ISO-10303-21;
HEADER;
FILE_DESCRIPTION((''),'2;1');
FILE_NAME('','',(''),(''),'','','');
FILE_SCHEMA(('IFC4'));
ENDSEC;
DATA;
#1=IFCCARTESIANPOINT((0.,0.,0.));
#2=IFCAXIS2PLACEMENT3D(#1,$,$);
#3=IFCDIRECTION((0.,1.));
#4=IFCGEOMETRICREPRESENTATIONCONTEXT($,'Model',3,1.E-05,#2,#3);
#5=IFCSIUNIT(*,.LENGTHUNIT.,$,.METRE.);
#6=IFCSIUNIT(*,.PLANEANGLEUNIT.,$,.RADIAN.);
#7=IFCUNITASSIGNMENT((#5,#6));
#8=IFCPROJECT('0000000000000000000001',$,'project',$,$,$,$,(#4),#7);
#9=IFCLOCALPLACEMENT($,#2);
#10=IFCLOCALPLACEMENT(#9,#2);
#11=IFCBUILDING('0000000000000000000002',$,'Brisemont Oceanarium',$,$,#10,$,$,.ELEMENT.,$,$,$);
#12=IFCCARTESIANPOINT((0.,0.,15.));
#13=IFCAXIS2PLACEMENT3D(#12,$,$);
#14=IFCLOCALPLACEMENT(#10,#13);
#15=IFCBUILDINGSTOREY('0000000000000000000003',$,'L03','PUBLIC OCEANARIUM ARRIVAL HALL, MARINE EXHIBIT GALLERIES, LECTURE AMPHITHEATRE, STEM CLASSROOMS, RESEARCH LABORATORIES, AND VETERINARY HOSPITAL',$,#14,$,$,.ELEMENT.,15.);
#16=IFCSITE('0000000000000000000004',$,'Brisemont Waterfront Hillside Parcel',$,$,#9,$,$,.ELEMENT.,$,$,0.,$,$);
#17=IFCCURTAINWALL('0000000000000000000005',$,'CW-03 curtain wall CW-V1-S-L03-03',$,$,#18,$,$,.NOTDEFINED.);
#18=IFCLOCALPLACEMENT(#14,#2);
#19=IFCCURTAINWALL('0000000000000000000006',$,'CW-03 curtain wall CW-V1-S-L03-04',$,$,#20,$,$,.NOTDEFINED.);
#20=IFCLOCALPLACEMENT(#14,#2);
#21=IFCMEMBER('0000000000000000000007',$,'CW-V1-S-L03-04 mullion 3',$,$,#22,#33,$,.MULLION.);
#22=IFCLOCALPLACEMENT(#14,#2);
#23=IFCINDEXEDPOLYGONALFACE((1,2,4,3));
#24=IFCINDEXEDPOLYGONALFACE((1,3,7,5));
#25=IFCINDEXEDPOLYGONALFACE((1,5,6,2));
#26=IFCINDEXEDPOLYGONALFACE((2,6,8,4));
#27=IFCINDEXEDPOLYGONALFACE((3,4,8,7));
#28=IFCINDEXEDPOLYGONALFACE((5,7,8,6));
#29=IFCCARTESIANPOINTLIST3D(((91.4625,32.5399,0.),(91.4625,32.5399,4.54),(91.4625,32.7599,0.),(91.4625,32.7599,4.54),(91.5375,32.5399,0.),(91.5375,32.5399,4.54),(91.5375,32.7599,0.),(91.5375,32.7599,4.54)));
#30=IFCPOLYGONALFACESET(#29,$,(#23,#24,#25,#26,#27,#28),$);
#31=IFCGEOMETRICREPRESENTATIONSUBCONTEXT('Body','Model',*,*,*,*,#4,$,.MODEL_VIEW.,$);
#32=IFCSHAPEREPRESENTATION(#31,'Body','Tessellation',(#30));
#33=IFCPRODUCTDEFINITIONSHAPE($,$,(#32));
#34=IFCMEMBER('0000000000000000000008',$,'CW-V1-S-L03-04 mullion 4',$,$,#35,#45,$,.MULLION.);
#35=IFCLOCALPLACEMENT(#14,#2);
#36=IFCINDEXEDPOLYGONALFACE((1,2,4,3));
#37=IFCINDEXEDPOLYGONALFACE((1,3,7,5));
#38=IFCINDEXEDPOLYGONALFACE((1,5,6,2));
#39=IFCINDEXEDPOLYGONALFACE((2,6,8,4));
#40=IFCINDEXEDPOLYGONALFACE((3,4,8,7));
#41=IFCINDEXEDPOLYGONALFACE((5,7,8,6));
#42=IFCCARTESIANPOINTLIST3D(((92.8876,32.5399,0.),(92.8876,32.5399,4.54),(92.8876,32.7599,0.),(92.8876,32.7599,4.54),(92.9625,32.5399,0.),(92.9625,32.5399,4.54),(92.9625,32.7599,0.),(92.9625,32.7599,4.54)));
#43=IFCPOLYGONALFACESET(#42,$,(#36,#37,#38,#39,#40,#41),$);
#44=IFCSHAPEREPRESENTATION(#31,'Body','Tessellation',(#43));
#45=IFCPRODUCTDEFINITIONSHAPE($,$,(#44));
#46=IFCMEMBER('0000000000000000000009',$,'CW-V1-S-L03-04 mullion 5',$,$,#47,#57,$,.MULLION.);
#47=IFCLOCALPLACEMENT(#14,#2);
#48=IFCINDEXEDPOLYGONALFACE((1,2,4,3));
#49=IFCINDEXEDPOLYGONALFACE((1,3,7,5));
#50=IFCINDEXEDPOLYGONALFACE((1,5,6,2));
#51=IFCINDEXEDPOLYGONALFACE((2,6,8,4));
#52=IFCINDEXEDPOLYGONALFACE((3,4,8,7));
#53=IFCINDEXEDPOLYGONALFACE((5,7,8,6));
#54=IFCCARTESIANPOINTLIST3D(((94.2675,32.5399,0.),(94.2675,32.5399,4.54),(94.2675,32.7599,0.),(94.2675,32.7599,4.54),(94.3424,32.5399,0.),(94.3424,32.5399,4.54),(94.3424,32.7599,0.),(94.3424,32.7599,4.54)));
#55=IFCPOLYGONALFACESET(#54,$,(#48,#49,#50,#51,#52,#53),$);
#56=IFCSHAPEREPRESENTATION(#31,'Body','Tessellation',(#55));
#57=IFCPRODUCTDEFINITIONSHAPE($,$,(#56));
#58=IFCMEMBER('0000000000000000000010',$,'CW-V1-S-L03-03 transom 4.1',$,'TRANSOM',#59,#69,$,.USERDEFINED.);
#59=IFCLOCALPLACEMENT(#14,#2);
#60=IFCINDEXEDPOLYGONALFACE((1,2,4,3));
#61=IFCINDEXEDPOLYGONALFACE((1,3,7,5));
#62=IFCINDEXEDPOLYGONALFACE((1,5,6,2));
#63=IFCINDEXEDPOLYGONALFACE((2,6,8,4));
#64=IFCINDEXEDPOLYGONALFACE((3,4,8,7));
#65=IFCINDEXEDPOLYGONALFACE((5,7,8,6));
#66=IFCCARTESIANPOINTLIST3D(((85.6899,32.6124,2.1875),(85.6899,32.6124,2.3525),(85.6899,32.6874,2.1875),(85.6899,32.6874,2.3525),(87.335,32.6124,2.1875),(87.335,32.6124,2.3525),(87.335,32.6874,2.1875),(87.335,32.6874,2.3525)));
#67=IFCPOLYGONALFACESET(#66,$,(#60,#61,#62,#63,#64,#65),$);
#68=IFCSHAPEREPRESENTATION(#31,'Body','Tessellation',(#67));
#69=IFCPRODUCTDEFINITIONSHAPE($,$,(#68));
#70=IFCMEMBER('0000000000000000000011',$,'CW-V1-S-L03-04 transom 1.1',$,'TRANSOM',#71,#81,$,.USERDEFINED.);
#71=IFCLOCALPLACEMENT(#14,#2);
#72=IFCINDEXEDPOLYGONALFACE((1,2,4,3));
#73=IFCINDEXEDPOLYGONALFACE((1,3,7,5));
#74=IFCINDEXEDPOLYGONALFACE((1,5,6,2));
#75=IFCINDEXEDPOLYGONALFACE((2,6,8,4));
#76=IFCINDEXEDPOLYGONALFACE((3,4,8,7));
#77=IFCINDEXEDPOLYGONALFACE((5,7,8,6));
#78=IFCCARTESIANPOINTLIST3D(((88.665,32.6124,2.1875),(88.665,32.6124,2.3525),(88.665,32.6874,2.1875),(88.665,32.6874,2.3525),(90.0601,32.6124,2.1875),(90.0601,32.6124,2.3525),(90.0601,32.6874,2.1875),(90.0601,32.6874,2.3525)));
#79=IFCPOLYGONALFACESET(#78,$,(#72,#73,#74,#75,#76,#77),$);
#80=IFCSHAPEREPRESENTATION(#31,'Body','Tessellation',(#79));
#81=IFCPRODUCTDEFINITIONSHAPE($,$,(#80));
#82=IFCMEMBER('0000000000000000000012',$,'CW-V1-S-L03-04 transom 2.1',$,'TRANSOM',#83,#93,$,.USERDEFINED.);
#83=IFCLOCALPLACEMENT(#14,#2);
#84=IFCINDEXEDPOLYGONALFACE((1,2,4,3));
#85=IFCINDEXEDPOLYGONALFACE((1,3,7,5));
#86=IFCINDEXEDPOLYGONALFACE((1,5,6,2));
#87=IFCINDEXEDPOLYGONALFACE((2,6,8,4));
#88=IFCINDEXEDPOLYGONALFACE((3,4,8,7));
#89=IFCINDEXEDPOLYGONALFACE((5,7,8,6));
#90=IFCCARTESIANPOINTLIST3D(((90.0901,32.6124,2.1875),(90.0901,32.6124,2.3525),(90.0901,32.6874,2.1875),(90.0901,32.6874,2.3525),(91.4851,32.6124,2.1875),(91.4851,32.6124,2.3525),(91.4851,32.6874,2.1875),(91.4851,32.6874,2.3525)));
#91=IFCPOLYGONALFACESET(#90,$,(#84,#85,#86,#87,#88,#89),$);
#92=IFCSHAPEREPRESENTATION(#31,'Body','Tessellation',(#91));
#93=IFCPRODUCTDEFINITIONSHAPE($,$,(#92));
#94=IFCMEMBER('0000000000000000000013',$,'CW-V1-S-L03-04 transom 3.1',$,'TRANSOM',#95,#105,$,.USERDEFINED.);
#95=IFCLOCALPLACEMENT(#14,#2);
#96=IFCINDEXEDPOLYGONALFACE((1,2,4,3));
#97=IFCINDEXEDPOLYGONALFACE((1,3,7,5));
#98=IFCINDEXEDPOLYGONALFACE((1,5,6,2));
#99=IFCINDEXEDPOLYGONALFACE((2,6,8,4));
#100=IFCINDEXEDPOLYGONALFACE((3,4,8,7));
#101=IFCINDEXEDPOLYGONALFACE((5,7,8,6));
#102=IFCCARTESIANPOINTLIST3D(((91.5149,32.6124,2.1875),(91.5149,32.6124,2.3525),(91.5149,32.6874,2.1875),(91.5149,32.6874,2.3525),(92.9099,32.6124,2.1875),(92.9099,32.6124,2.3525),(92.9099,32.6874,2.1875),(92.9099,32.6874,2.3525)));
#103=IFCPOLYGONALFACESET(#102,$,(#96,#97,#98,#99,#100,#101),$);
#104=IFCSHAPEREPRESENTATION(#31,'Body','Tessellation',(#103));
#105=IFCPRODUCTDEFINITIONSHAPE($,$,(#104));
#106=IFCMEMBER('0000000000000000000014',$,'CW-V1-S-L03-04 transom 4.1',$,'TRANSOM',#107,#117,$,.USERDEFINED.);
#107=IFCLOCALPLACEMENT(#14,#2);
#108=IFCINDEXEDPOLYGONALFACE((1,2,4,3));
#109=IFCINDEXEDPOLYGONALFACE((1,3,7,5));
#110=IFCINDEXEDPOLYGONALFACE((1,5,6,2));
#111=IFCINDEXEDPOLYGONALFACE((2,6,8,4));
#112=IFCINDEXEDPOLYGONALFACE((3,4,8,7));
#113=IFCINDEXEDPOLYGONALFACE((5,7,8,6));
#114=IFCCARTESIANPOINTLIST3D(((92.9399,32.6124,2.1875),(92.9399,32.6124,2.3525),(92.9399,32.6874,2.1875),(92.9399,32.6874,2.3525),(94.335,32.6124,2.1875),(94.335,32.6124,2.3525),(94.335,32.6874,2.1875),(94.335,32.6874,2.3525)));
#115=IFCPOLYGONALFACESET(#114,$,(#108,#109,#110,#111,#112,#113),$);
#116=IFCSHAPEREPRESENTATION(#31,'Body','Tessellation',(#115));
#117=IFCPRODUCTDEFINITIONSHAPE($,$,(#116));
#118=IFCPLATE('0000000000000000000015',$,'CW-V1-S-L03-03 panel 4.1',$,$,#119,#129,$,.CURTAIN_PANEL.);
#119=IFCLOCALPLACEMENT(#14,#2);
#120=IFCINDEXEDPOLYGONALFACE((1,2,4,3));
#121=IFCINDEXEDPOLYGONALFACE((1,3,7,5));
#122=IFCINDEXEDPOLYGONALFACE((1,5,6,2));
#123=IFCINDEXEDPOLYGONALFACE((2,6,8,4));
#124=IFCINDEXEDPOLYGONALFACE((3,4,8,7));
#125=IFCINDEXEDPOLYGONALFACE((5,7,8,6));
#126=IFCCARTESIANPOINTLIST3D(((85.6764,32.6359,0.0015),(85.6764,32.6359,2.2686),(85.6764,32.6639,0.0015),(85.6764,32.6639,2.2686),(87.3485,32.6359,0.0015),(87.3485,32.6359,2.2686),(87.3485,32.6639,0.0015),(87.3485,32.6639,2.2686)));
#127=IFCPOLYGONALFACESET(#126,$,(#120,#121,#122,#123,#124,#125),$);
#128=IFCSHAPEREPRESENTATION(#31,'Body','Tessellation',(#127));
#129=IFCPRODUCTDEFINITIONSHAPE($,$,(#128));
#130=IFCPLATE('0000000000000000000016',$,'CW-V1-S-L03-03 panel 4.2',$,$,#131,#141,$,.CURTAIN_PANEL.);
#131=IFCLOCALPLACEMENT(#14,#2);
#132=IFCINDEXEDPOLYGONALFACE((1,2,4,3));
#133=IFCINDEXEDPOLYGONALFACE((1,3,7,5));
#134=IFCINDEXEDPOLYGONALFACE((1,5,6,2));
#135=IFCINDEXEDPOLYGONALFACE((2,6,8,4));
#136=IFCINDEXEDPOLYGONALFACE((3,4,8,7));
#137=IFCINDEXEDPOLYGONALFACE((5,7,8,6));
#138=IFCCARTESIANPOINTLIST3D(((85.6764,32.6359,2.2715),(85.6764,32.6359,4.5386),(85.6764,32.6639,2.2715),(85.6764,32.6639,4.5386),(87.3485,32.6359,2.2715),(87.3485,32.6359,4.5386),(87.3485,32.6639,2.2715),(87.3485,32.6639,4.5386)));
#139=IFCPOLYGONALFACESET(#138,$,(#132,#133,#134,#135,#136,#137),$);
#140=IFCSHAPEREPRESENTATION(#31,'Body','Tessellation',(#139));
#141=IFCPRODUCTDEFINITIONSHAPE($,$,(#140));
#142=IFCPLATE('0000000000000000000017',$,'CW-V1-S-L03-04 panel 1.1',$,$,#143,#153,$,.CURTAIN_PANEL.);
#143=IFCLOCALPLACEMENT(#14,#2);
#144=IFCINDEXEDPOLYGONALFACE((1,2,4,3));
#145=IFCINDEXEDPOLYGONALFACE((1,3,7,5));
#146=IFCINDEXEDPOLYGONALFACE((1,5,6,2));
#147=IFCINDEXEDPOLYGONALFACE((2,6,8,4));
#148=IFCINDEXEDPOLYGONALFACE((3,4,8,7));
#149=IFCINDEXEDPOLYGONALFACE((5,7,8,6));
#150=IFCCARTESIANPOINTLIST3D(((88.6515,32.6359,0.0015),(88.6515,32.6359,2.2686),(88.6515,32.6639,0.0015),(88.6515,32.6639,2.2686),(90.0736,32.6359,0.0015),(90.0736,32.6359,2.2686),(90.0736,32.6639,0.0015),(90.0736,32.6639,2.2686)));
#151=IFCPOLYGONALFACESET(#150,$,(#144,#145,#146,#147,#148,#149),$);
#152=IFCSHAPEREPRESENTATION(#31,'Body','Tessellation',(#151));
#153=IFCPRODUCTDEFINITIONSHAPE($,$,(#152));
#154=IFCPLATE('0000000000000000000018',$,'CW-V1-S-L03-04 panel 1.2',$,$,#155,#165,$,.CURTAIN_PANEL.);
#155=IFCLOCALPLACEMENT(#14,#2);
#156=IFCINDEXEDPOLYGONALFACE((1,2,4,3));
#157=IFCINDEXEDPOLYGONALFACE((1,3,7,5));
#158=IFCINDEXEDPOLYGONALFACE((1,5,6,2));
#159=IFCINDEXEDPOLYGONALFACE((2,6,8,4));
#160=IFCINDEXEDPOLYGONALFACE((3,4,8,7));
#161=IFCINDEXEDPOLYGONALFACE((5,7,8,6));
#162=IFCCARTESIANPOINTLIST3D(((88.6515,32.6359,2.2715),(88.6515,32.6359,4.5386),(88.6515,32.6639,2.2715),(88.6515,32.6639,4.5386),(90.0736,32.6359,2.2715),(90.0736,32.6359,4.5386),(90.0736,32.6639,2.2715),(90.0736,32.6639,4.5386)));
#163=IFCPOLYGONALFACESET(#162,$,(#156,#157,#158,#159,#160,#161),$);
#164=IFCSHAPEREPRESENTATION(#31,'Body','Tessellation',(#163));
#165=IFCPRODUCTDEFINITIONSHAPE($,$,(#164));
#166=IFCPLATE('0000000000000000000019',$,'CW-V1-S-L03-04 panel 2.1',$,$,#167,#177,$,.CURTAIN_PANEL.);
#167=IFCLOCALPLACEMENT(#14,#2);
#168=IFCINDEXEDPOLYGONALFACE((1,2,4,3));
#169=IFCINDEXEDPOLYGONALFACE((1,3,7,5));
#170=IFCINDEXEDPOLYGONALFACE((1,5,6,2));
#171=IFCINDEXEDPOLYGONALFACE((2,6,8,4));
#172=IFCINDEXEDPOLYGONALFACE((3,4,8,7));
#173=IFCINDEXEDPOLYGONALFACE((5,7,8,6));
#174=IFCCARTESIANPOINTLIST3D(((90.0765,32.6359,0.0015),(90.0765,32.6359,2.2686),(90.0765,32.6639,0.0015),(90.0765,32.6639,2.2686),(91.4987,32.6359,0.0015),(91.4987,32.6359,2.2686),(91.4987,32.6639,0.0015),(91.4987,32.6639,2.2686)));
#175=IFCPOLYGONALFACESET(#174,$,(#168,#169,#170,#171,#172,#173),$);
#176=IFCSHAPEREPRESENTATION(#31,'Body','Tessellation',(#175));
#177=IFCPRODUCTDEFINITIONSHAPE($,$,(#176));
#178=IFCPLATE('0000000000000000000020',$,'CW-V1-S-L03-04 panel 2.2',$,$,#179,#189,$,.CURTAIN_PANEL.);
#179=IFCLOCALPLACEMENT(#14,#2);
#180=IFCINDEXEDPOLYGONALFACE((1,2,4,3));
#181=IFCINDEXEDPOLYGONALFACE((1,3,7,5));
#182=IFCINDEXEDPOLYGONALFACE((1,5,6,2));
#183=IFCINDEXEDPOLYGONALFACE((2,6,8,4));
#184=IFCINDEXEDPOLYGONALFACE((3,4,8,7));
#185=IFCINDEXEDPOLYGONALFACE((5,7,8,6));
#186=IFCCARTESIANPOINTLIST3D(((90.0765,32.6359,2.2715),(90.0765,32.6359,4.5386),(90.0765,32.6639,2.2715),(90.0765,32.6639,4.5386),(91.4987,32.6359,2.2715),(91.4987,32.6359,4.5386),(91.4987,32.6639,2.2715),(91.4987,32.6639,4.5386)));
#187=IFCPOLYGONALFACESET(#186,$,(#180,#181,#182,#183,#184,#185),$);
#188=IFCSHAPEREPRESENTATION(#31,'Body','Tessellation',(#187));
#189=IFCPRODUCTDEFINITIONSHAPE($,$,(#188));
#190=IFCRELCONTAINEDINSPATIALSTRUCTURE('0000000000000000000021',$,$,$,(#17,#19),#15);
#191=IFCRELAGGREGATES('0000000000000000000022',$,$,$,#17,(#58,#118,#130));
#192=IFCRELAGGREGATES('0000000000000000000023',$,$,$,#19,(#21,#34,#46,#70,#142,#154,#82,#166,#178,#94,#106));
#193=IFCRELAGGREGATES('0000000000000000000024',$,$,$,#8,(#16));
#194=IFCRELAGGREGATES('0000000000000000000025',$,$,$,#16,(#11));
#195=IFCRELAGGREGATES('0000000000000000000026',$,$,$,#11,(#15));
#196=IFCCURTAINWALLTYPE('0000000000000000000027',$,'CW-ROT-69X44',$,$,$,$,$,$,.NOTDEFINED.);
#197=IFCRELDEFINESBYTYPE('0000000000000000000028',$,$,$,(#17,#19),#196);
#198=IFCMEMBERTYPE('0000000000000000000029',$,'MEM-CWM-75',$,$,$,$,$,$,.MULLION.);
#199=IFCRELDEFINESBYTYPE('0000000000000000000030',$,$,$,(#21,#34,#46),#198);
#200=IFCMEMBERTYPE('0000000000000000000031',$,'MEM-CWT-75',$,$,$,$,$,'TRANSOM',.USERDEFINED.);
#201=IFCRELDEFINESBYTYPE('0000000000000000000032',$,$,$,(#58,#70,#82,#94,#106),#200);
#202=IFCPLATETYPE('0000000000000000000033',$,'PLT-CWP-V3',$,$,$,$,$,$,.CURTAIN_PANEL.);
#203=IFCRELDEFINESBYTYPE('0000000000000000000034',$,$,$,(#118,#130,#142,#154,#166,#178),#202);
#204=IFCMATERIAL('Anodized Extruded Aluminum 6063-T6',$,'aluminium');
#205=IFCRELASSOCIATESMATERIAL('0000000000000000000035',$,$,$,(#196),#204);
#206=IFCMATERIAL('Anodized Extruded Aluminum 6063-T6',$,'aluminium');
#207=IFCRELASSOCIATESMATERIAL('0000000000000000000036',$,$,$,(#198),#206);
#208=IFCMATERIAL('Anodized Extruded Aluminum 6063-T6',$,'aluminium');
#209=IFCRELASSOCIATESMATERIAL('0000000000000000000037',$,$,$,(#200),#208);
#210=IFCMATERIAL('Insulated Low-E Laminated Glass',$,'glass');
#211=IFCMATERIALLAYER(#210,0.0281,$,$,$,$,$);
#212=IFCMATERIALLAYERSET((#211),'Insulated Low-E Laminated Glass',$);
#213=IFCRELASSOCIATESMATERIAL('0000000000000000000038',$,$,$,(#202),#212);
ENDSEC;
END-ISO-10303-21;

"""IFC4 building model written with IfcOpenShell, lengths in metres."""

from ifc_helpers import new_model, si_unit, direction, frame, origin, origin_2d, place, context, subcontext, project, spatial, rectangle, extrude, material, layer, layer_set, material_profile, profile_set, type_object, element, aggregate, save


model = new_model("IFC4")

# Units and contexts
model_context = context("Model", 3, precision=1e-05, world=origin(), true_north=direction((0.0, 1.0)))
body_context = subcontext(model_context, "Body", "Model", "MODEL_VIEW")
ifc_project = project(units=[si_unit("LENGTHUNIT", "METRE"), si_unit("PLANEANGLEUNIT", "RADIAN")], contexts=[model_context])

# Site, building, storey
site_placement = place(None, origin())
site = spatial("IfcSite", under=ifc_project, at=site_placement, Name="Brisemont Waterfront Hillside Parcel", CompositionType="ELEMENT", RefElevation=0.0)
building_placement = place(site_placement, origin())
building = spatial("IfcBuilding", under=site, at=building_placement, Name="Brisemont Oceanarium", CompositionType="ELEMENT")
storey_placement = place(building_placement, frame((0.0, 0.0, 15.0)))
storey = spatial("IfcBuildingStorey", under=building, at=storey_placement, Name="L03", Description="PUBLIC OCEANARIUM ARRIVAL HALL, MARINE EXHIBIT GALLERIES, LECTURE AMPHITHEATRE, STEM CLASSROOMS, RESEARCH LABORATORIES, AND VETERINARY HOSPITAL", CompositionType="ELEMENT", Elevation=15.0)

# Curtain wall
ifc_material_1 = material(Name="Anodized Extruded Aluminum 6063-T6", Category="aluminium")
curtain_wall_type = type_object("IfcCurtainWallType", Name="CW-ROT-69X44", PredefinedType="NOTDEFINED", material=ifc_material_1)
curtain_wall_1_placement = place(storey_placement, origin())
curtain_wall_1 = element("IfcCurtainWall", 1, at=curtain_wall_1_placement, inside=storey, type_object=curtain_wall_type, Name="CW-03 curtain wall CW-V1-S-L03-03", PredefinedType="NOTDEFINED")
ifc_material_2 = material(Name="Anodized Extruded Aluminum 6063-T6", Category="aluminium")
ifc_material_profile_1 = material_profile(ifc_material_2, rectangle(XDim=0.075, YDim=0.22, at=origin_2d()), Name="CWM-75X220")
ifc_profile_set_1 = profile_set([ifc_material_profile_1], Name="Anodized Extruded Aluminum 6063-T6")
member_type_1 = type_object("IfcMemberType", Name="MEM-CWM-75", PredefinedType="MULLION", material=ifc_profile_set_1)

# Curtain wall, members
curtain_wall_2_placement = place(storey_placement, origin())
curtain_wall_2 = element("IfcCurtainWall", 2, at=curtain_wall_2_placement, inside=storey, type_object=curtain_wall_type, Name="CW-03 curtain wall CW-V1-S-L03-04", PredefinedType="NOTDEFINED")
member_1_placement = place(storey_placement, frame((91.5, 32.6499, 0.0), z_axis=(0.0, 0.0, 1.0), x_axis=(1.0, 0.0, 0.0)))
member_1 = element("IfcMember", 3, at=member_1_placement, type_object=member_type_1, Name="CW-V1-S-L03-04 mullion 3", PredefinedType="MULLION", context=body_context, shape_type="SweptSolid", body=[
    extrude(rectangle(XDim=0.075, YDim=0.22, at=origin_2d()), origin(), (0.0, 0.0, 1.0), 4.54),
])
member_2_placement = place(storey_placement, frame((92.925, 32.6499, 0.0), z_axis=(0.0, 0.0, 1.0), x_axis=(1.0, 0.0, 0.0)))
member_2 = element("IfcMember", 4, at=member_2_placement, type_object=member_type_1, Name="CW-V1-S-L03-04 mullion 4", PredefinedType="MULLION", context=body_context, shape_type="SweptSolid", body=[
    extrude(rectangle(XDim=0.075, YDim=0.22, at=origin_2d()), origin(), (0.0, 0.0, 1.0), 4.54),
])
member_3_placement = place(storey_placement, frame((94.3049, 32.6499, 0.0), z_axis=(0.0, 0.0, 1.0), x_axis=(1.0, 0.0, 0.0)))
member_3 = element("IfcMember", 5, at=member_3_placement, type_object=member_type_1, Name="CW-V1-S-L03-04 mullion 5", PredefinedType="MULLION", context=body_context, shape_type="SweptSolid", body=[
    extrude(rectangle(XDim=0.075, YDim=0.22, at=origin_2d()), origin(), (0.0, 0.0, 1.0), 4.54),
])

# Members
ifc_material_3 = material(Name="Anodized Extruded Aluminum 6063-T6", Category="aluminium")
ifc_material_profile_2 = material_profile(ifc_material_3, rectangle(XDim=0.075, YDim=0.165, at=origin_2d()), Name="CWT-75X165")
ifc_profile_set_2 = profile_set([ifc_material_profile_2], Name="Anodized Extruded Aluminum 6063-T6")
member_type_2 = type_object("IfcMemberType", Name="MEM-CWT-75", ElementType="TRANSOM", PredefinedType="USERDEFINED", material=ifc_profile_set_2)
member_4_placement = place(storey_placement, frame((85.6899, 32.6499, 2.27), z_axis=(1.0, 0.0, 0.0), x_axis=(0.0, 1.0, 0.0)))
member_4 = element("IfcMember", 6, at=member_4_placement, type_object=member_type_2, Name="CW-V1-S-L03-03 transom 4.1", ObjectType="TRANSOM", PredefinedType="USERDEFINED", context=body_context, shape_type="SweptSolid", body=[
    extrude(rectangle(XDim=0.075, YDim=0.165, at=origin_2d()), origin(), (0.0, 0.0, 1.0), 1.645),
])
member_5_placement = place(storey_placement, frame((88.665, 32.6499, 2.27), z_axis=(1.0, 0.0, 0.0), x_axis=(0.0, 1.0, 0.0)))
member_5 = element("IfcMember", 7, at=member_5_placement, type_object=member_type_2, Name="CW-V1-S-L03-04 transom 1.1", ObjectType="TRANSOM", PredefinedType="USERDEFINED", context=body_context, shape_type="SweptSolid", body=[
    extrude(rectangle(XDim=0.075, YDim=0.165, at=origin_2d()), origin(), (0.0, 0.0, 1.0), 1.395),
])
member_6_placement = place(storey_placement, frame((90.0901, 32.6499, 2.27), z_axis=(1.0, 0.0, 0.0), x_axis=(0.0, 1.0, 0.0)))
member_6 = element("IfcMember", 8, at=member_6_placement, type_object=member_type_2, Name="CW-V1-S-L03-04 transom 2.1", ObjectType="TRANSOM", PredefinedType="USERDEFINED", context=body_context, shape_type="SweptSolid", body=[
    extrude(rectangle(XDim=0.075, YDim=0.165, at=origin_2d()), origin(), (0.0, 0.0, 1.0), 1.395),
])
member_7_placement = place(storey_placement, frame((91.5149, 32.6499, 2.27), z_axis=(1.0, 0.0, 0.0), x_axis=(0.0, 1.0, 0.0)))
member_7 = element("IfcMember", 9, at=member_7_placement, type_object=member_type_2, Name="CW-V1-S-L03-04 transom 3.1", ObjectType="TRANSOM", PredefinedType="USERDEFINED", context=body_context, shape_type="SweptSolid", body=[
    extrude(rectangle(XDim=0.075, YDim=0.165, at=origin_2d()), origin(), (0.0, 0.0, 1.0), 1.395),
])
member_8_placement = place(storey_placement, frame((92.9399, 32.6499, 2.27), z_axis=(1.0, 0.0, 0.0), x_axis=(0.0, 1.0, 0.0)))
member_8 = element("IfcMember", 10, at=member_8_placement, type_object=member_type_2, Name="CW-V1-S-L03-04 transom 4.1", ObjectType="TRANSOM", PredefinedType="USERDEFINED", context=body_context, shape_type="SweptSolid", body=[
    extrude(rectangle(XDim=0.075, YDim=0.165, at=origin_2d()), origin(), (0.0, 0.0, 1.0), 1.395),
])

# Plates
ifc_material_4 = material(Name="Insulated Low-E Laminated Glass", Category="glass")
ifc_layer = layer(ifc_material_4, 0.0281)
ifc_layer_set = layer_set([ifc_layer], Name="Insulated Low-E Laminated Glass")
plate_type = type_object("IfcPlateType", Name="PLT-CWP-V3", PredefinedType="CURTAIN_PANEL", material=ifc_layer_set)
plate_1_placement = place(storey_placement, frame((86.5125, 32.6499, 0.0015), z_axis=(0.0, 0.0, 1.0), x_axis=(1.0, 0.0, 0.0)))
plate_1 = element("IfcPlate", 11, at=plate_1_placement, type_object=plate_type, Name="CW-V1-S-L03-03 panel 4.1", PredefinedType="CURTAIN_PANEL", context=body_context, shape_type="SweptSolid", body=[
    extrude(rectangle(XDim=1.6721, YDim=0.0281, at=origin_2d()), origin(), (0.0, 0.0, 1.0), 2.2671),
])
plate_2_placement = place(storey_placement, frame((86.5125, 32.6499, 2.2715), z_axis=(0.0, 0.0, 1.0), x_axis=(1.0, 0.0, 0.0)))
plate_2 = element("IfcPlate", 12, at=plate_2_placement, type_object=plate_type, Name="CW-V1-S-L03-03 panel 4.2", PredefinedType="CURTAIN_PANEL", context=body_context, shape_type="SweptSolid", body=[
    extrude(rectangle(XDim=1.6721, YDim=0.0281, at=origin_2d()), origin(), (0.0, 0.0, 1.0), 2.2671),
])
aggregate(curtain_wall_1, [member_4, plate_1, plate_2])
plate_3_placement = place(storey_placement, frame((89.3625, 32.6499, 0.0015), z_axis=(0.0, 0.0, 1.0), x_axis=(1.0, 0.0, 0.0)))
plate_3 = element("IfcPlate", 13, at=plate_3_placement, type_object=plate_type, Name="CW-V1-S-L03-04 panel 1.1", PredefinedType="CURTAIN_PANEL", context=body_context, shape_type="SweptSolid", body=[
    extrude(rectangle(XDim=1.4221, YDim=0.0281, at=origin_2d()), origin(), (0.0, 0.0, 1.0), 2.2671),
])
plate_4_placement = place(storey_placement, frame((89.3625, 32.6499, 2.2715), z_axis=(0.0, 0.0, 1.0), x_axis=(1.0, 0.0, 0.0)))
plate_4 = element("IfcPlate", 14, at=plate_4_placement, type_object=plate_type, Name="CW-V1-S-L03-04 panel 1.2", PredefinedType="CURTAIN_PANEL", context=body_context, shape_type="SweptSolid", body=[
    extrude(rectangle(XDim=1.4221, YDim=0.0281, at=origin_2d()), origin(), (0.0, 0.0, 1.0), 2.2671),
])
plate_5_placement = place(storey_placement, frame((90.7876, 32.6499, 0.0015), z_axis=(0.0, 0.0, 1.0), x_axis=(1.0, 0.0, 0.0)))
plate_5 = element("IfcPlate", 15, at=plate_5_placement, type_object=plate_type, Name="CW-V1-S-L03-04 panel 2.1", PredefinedType="CURTAIN_PANEL", context=body_context, shape_type="SweptSolid", body=[
    extrude(rectangle(XDim=1.4221, YDim=0.0281, at=origin_2d()), origin(), (0.0, 0.0, 1.0), 2.2671),
])
plate_6_placement = place(storey_placement, frame((90.7876, 32.6499, 2.2715), z_axis=(0.0, 0.0, 1.0), x_axis=(1.0, 0.0, 0.0)))
plate_6 = element("IfcPlate", 16, at=plate_6_placement, type_object=plate_type, Name="CW-V1-S-L03-04 panel 2.2", PredefinedType="CURTAIN_PANEL", context=body_context, shape_type="SweptSolid", body=[
    extrude(rectangle(XDim=1.4221, YDim=0.0281, at=origin_2d()), origin(), (0.0, 0.0, 1.0), 2.2671),
])
aggregate(curtain_wall_2, [member_1, member_2, member_3, member_5, plate_3, plate_4, member_6, plate_5, plate_6, member_7, member_8])

save(model, "model.ifc")
